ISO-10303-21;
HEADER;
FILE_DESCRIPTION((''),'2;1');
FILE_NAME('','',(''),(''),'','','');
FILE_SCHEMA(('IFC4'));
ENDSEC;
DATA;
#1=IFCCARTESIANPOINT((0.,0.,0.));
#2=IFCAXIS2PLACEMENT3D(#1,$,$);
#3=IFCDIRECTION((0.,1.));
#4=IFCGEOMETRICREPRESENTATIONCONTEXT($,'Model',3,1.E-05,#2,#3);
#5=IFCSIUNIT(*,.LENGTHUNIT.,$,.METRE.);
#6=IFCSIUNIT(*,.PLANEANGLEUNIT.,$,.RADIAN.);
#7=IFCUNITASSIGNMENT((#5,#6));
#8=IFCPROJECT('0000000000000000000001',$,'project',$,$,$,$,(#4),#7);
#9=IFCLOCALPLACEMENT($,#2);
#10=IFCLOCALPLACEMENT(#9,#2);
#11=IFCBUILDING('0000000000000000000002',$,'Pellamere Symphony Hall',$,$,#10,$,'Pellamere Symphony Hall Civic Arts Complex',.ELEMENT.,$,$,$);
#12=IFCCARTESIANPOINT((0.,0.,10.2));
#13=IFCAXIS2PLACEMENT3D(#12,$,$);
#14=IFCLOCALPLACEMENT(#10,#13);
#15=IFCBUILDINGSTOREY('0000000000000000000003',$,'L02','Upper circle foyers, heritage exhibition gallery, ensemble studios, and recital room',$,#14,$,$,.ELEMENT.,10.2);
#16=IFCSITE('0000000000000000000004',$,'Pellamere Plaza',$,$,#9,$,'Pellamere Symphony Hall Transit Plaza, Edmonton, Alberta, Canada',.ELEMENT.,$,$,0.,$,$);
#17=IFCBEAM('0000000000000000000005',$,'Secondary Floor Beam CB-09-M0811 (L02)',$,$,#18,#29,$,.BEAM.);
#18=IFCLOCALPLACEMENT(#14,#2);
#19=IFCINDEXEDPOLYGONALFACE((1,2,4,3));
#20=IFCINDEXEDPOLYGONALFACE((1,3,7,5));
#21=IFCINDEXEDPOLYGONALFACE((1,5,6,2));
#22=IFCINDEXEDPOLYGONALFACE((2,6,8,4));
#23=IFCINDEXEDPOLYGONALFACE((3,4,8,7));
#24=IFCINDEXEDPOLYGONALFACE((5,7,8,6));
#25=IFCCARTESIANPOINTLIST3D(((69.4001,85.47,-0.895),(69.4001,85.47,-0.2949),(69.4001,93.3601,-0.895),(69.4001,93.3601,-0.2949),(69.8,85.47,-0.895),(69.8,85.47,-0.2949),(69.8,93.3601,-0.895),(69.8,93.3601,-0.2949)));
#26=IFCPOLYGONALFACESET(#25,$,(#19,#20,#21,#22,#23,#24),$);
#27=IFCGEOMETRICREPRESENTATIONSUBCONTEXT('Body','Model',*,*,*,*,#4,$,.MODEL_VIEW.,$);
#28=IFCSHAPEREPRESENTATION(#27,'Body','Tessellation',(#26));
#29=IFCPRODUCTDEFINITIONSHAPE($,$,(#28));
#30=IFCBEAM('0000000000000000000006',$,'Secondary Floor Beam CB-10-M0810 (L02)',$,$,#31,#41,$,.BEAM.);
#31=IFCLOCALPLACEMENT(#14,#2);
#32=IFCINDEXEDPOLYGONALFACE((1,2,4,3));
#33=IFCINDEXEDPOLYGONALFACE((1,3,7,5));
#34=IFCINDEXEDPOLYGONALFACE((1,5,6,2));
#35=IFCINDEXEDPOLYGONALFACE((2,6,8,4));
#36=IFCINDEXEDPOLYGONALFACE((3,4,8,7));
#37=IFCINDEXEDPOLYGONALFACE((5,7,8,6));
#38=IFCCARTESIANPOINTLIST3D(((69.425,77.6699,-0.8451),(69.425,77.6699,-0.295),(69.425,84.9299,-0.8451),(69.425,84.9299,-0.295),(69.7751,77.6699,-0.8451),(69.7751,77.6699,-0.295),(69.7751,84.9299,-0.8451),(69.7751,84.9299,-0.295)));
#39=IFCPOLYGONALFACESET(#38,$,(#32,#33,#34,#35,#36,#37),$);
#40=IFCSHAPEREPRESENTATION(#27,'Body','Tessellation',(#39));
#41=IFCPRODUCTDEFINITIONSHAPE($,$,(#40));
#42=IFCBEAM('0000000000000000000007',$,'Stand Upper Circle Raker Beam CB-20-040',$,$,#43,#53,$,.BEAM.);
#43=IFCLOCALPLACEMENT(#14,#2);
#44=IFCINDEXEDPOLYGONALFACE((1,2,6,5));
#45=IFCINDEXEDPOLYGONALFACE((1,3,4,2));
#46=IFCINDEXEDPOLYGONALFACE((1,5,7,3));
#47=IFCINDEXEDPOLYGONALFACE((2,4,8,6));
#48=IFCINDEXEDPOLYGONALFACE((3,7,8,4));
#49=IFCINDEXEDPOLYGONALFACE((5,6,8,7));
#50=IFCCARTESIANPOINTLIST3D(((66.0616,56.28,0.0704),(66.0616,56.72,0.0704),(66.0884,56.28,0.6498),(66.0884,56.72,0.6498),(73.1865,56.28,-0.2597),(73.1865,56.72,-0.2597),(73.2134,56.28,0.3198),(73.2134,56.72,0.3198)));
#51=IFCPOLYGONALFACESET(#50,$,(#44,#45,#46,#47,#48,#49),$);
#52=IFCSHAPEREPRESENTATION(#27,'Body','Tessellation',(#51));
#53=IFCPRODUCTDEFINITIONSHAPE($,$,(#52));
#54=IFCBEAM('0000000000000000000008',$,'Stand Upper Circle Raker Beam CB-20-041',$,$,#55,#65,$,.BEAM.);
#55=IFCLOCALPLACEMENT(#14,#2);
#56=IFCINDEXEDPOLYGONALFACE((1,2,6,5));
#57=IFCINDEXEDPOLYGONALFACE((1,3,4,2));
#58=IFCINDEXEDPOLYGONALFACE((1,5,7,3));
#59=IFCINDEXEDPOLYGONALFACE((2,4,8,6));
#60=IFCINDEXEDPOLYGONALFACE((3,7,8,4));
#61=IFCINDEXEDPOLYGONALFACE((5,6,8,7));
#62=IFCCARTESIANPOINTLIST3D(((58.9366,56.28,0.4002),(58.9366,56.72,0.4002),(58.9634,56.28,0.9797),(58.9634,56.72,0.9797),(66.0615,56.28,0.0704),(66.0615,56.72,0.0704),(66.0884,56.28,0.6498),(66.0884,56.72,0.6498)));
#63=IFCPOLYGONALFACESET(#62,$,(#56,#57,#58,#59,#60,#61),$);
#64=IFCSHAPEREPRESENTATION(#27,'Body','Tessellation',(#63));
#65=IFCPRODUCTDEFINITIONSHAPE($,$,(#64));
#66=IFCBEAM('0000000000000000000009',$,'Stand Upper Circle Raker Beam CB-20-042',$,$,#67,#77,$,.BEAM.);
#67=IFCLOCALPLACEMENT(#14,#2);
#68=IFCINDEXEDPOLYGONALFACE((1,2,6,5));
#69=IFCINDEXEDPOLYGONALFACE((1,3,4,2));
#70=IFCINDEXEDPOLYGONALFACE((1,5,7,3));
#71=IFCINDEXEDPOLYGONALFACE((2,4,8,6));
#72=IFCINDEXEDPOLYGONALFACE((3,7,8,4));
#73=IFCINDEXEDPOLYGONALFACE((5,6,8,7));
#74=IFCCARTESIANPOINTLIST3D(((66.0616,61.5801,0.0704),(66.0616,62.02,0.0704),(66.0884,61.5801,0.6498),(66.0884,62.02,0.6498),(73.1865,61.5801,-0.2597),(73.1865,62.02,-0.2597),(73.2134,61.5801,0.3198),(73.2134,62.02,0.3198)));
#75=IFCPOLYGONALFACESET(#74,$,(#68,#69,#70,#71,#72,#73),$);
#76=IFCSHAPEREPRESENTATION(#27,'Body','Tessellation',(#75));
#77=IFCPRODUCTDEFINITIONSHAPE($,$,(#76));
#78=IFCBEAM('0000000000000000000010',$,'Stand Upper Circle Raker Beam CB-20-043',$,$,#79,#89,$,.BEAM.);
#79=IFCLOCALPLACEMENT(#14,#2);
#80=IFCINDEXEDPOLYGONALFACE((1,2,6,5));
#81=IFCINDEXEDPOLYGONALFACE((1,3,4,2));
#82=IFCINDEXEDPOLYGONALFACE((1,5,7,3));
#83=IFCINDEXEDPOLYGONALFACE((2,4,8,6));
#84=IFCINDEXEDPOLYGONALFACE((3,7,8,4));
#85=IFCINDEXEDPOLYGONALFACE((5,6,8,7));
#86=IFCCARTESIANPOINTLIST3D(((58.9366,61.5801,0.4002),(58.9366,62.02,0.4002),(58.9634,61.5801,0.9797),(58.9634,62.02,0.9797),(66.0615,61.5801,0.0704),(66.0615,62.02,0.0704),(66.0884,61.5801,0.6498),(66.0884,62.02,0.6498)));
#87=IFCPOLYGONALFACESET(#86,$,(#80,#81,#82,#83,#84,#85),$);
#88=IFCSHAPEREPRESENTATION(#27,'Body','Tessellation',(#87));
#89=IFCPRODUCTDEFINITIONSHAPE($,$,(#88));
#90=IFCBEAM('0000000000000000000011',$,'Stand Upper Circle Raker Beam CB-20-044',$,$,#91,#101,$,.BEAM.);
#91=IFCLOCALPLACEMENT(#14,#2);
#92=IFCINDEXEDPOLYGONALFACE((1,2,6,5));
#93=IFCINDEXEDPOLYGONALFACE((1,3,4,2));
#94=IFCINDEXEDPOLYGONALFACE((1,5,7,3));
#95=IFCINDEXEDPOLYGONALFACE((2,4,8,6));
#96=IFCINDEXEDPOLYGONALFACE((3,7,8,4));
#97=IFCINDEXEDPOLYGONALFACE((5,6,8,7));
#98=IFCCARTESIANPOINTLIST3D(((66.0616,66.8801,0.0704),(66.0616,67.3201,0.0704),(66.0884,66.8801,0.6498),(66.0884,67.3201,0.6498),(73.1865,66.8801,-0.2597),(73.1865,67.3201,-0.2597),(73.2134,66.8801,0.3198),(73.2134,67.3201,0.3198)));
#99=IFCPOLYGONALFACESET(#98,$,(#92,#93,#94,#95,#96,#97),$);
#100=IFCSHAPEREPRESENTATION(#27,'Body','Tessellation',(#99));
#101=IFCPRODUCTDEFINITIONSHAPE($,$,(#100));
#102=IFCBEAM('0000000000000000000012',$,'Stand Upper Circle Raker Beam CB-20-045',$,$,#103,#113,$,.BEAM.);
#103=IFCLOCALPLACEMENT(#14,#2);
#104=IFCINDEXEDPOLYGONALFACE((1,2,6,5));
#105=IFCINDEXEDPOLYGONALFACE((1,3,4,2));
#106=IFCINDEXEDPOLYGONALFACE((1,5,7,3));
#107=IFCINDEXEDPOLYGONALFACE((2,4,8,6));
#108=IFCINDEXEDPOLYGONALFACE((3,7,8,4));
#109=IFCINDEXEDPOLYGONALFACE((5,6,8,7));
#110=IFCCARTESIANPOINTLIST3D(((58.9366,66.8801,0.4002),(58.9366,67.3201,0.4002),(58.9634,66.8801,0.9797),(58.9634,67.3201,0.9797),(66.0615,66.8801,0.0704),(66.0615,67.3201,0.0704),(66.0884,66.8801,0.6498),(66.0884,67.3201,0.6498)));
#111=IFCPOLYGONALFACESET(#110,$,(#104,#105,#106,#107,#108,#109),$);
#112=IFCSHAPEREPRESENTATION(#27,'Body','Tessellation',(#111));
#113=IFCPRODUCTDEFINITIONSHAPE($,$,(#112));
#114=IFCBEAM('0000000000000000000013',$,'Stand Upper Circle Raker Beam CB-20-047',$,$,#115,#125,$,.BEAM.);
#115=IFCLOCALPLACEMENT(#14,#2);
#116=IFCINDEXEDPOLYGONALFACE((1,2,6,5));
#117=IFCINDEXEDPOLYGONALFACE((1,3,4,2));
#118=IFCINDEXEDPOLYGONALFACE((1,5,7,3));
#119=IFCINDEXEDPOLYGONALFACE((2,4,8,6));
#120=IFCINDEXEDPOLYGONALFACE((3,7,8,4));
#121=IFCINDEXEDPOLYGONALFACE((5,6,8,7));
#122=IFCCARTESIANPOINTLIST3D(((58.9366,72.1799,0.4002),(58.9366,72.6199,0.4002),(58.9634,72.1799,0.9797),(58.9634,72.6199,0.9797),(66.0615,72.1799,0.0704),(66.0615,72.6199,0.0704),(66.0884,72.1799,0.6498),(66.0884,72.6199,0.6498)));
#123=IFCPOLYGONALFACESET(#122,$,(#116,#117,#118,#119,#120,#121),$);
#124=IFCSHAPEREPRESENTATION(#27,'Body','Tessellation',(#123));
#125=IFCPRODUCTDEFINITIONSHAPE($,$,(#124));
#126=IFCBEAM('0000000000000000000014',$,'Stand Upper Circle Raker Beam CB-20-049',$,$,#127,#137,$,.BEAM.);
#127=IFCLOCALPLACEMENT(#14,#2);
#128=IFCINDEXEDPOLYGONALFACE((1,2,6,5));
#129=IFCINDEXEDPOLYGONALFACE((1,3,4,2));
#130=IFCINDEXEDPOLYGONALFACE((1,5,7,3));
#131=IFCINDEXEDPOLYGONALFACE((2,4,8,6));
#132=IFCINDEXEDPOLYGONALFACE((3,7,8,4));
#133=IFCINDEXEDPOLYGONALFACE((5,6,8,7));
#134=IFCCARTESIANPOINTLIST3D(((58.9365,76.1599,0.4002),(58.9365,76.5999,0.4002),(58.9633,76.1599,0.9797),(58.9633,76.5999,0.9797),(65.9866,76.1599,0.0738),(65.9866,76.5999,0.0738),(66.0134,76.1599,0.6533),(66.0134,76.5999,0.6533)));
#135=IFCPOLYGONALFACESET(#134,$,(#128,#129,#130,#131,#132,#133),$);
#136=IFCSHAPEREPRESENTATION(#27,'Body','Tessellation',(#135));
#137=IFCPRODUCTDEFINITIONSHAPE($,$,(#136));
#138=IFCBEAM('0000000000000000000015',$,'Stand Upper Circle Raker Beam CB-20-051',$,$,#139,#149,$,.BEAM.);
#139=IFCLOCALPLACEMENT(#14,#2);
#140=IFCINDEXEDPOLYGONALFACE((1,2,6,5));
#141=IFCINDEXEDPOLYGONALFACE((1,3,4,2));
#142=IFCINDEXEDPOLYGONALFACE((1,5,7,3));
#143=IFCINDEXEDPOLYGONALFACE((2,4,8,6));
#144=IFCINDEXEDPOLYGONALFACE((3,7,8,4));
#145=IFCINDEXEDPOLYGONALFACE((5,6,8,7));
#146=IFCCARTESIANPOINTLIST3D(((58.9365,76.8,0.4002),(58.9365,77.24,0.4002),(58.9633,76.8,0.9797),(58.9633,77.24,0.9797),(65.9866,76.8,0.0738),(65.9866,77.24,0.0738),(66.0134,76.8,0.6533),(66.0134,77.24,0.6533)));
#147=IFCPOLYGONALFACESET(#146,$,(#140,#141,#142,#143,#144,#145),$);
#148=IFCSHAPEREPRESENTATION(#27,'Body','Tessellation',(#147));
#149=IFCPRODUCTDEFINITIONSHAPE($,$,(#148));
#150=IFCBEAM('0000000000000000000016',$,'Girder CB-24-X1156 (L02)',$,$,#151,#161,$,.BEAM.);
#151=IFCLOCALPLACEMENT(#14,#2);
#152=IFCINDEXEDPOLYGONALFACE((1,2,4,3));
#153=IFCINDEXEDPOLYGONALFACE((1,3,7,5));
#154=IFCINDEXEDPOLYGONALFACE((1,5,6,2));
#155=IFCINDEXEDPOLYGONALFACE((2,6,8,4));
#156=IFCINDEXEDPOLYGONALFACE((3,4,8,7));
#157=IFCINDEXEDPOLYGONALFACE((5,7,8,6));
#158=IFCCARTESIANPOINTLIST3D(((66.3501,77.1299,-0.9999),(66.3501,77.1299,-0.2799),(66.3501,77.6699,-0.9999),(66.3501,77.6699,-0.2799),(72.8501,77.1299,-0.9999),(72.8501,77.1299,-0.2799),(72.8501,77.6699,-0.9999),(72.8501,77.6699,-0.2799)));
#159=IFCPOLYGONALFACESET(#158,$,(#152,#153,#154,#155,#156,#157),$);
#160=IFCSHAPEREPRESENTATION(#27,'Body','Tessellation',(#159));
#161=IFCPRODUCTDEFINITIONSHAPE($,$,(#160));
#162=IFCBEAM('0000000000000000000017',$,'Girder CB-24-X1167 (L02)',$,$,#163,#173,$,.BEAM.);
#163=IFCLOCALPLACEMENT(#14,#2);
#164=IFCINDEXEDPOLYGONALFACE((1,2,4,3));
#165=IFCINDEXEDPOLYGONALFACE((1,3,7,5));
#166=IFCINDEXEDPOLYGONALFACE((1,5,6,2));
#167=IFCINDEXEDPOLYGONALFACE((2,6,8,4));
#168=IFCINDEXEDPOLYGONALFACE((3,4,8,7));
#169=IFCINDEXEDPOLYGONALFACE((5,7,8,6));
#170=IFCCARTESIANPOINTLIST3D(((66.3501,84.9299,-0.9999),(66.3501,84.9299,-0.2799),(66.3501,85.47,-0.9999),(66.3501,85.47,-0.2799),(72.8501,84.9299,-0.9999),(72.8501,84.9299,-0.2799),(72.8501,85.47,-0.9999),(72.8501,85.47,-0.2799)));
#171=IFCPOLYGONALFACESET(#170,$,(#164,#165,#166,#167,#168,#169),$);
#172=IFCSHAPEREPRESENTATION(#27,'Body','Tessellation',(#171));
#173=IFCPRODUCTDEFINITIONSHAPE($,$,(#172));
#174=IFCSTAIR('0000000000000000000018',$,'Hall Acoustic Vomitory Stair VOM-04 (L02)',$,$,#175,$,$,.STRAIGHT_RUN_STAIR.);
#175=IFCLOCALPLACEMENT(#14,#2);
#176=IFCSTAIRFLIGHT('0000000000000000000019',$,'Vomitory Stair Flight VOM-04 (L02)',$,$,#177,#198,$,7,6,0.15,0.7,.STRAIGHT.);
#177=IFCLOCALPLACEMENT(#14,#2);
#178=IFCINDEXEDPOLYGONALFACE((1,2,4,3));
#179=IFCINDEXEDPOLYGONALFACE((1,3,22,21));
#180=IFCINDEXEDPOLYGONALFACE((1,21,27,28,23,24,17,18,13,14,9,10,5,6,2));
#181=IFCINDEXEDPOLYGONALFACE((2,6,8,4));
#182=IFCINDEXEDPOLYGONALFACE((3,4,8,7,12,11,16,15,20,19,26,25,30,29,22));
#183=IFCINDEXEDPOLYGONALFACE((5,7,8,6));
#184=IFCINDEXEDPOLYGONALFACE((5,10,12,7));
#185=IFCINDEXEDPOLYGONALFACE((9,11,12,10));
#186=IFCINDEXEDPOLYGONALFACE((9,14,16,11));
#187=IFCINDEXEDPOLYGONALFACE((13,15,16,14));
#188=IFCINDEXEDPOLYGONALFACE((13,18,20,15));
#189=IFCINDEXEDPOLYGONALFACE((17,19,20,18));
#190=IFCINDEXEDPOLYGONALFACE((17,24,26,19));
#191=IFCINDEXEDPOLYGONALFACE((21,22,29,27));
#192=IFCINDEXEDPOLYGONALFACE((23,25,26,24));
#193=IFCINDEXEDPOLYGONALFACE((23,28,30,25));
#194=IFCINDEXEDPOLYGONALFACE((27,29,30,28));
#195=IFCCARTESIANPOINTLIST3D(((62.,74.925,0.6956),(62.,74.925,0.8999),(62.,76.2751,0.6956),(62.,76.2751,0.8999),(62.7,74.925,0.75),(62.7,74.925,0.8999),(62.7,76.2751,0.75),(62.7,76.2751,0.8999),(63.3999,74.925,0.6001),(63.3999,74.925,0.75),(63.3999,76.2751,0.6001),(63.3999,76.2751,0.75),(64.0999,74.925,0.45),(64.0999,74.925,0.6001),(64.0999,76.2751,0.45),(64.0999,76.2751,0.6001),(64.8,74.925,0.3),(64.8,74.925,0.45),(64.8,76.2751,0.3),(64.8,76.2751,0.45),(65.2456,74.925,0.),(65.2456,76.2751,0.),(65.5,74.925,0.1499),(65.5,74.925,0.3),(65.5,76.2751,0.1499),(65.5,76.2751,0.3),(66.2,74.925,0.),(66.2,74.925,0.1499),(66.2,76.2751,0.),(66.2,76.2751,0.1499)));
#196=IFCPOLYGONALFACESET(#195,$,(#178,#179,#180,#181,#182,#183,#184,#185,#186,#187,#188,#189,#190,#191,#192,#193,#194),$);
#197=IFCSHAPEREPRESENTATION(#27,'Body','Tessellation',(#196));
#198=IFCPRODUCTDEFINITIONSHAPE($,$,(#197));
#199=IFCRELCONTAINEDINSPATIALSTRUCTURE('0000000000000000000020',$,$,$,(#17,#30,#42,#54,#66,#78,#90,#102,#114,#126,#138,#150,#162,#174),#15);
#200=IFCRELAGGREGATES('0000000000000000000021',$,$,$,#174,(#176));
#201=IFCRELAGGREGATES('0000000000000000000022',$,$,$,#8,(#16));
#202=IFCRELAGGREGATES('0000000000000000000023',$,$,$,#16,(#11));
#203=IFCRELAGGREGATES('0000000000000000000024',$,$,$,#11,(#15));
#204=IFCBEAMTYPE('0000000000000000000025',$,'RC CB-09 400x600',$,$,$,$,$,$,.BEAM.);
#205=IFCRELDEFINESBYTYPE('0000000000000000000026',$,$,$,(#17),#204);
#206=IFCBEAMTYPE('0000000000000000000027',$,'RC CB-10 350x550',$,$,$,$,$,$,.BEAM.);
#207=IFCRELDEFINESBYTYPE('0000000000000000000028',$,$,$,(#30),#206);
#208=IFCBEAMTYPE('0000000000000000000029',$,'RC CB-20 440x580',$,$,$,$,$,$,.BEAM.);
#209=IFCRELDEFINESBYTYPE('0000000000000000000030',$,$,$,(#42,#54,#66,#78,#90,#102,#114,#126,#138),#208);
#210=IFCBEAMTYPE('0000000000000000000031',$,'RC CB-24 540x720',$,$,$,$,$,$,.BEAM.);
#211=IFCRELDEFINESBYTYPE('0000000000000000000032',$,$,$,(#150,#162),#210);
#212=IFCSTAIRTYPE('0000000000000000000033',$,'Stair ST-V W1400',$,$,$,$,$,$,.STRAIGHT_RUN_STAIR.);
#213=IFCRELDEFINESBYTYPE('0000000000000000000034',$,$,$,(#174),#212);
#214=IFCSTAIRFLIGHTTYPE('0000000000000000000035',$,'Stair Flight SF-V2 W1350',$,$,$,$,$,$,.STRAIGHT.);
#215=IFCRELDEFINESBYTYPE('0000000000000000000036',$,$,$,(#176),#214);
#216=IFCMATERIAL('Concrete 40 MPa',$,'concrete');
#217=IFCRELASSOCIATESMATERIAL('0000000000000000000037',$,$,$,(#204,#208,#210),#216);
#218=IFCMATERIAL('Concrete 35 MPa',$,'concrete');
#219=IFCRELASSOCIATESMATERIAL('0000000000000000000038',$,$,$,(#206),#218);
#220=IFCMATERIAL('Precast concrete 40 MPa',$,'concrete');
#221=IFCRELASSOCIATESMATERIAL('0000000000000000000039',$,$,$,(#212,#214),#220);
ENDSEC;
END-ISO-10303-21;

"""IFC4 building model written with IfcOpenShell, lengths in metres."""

from ifc_helpers import new_model, si_unit, direction, frame, origin, origin_2d, place, context, subcontext, project, spatial, polyline, rectangle, outline, extrude, material, material_profile, profile_set, type_object, element, aggregate, save


model = new_model("IFC4")

# Units and contexts
model_context = context("Model", 3, precision=1e-05, world=origin(), true_north=direction((0.0, 1.0)))
body_context = subcontext(model_context, "Body", "Model", "MODEL_VIEW")
ifc_project = project(units=[si_unit("LENGTHUNIT", "METRE"), si_unit("PLANEANGLEUNIT", "RADIAN")], contexts=[model_context])

# Site, building, storey
site_placement = place(None, origin())
site = spatial("IfcSite", under=ifc_project, at=site_placement, Name="Pellamere Plaza", LongName="Pellamere Symphony Hall Transit Plaza, Edmonton, Alberta, Canada", CompositionType="ELEMENT", RefElevation=0.0)
building_placement = place(site_placement, origin())
building = spatial("IfcBuilding", under=site, at=building_placement, Name="Pellamere Symphony Hall", LongName="Pellamere Symphony Hall Civic Arts Complex", CompositionType="ELEMENT")
storey_placement = place(building_placement, frame((0.0, 0.0, 10.2)))
storey = spatial("IfcBuildingStorey", under=building, at=storey_placement, Name="L02", Description="Upper circle foyers, heritage exhibition gallery, ensemble studios, and recital room", CompositionType="ELEMENT", Elevation=10.2)

# Shared definitions
ifc_material_1 = material(Name="Concrete 40 MPa", Category="concrete")

# Beams
ifc_material_profile_1 = material_profile(ifc_material_1, rectangle(XDim=0.3999, YDim=0.6001, at=origin_2d()), Name="RC 400x600")
ifc_profile_set_1 = profile_set([ifc_material_profile_1], Name="Concrete 40 MPa")
beam_type_1 = type_object("IfcBeamType", Name="RC CB-09 400x600", PredefinedType="BEAM", material=ifc_profile_set_1)
beam_1_placement = place(storey_placement, frame((69.6001, 85.47, -0.595), z_axis=(0.0, 1.0, 0.0), x_axis=(-1.0, 0.0, 0.0)))
element("IfcBeam", 1, at=beam_1_placement, inside=storey, type_object=beam_type_1, Name="Secondary Floor Beam CB-09-M0811 (L02)", PredefinedType="BEAM", context=body_context, shape_type="SweptSolid", body=[
    extrude(rectangle(XDim=0.3999, YDim=0.6001, at=origin_2d()), origin(), (0.0, 0.0, 1.0), 7.8901),
])
ifc_material_2 = material(Name="Concrete 35 MPa", Category="concrete")
ifc_material_profile_2 = material_profile(ifc_material_2, rectangle(XDim=0.3501, YDim=0.55, at=origin_2d()), Name="RC 350x550")
ifc_profile_set_2 = profile_set([ifc_material_profile_2], Name="Concrete 35 MPa")
beam_type_2 = type_object("IfcBeamType", Name="RC CB-10 350x550", PredefinedType="BEAM", material=ifc_profile_set_2)
beam_2_placement = place(storey_placement, frame((69.6001, 77.6699, -0.5701), z_axis=(0.0, 1.0, 0.0), x_axis=(-1.0, 0.0, 0.0)))
element("IfcBeam", 2, at=beam_2_placement, inside=storey, type_object=beam_type_2, Name="Secondary Floor Beam CB-10-M0810 (L02)", PredefinedType="BEAM", context=body_context, shape_type="SweptSolid", body=[
    extrude(rectangle(XDim=0.3501, YDim=0.55, at=origin_2d()), origin(), (0.0, 0.0, 1.0), 7.26),
])
ifc_material_profile_3 = material_profile(ifc_material_1, rectangle(XDim=0.4399, YDim=0.5801, at=origin_2d()), Name="RC 440x580")
ifc_profile_set_3 = profile_set([ifc_material_profile_3], Name="Concrete 40 MPa")
beam_type_3 = type_object("IfcBeamType", Name="RC CB-20 440x580", PredefinedType="BEAM", material=ifc_profile_set_3)
for number, where, z_axis, x_axis, name in (
    (3, (73.2, 56.5, 0.03), (-0.998929, 0.0, 0.046277), (0.0, -1.0, 0.0), "Stand Upper Circle Raker Beam CB-20-040"),
    (4, (66.075, 56.5, 0.3601), (-0.99893, 0.0, 0.046243), (0.0, -1.0, 0.0), "Stand Upper Circle Raker Beam CB-20-041"),
    (5, (73.2, 61.8, 0.03), (-0.998929, 0.0, 0.046277), (0.0, -1.0, 0.0), "Stand Upper Circle Raker Beam CB-20-042"),
    (6, (66.075, 61.8, 0.3601), (-0.99893, 0.0, 0.046243), (0.0, -1.0, 0.0), "Stand Upper Circle Raker Beam CB-20-043"),
    (7, (73.2, 67.1001, 0.03), (-0.998929, 0.0, 0.046277), (0.0, -1.0, 0.0), "Stand Upper Circle Raker Beam CB-20-044"),
    (8, (66.075, 67.1001, 0.3601), (-0.99893, 0.0, 0.046243), (0.0, -1.0, 0.0), "Stand Upper Circle Raker Beam CB-20-045"),
    (9, (66.075, 72.3999, 0.3601), (-0.99893, 0.0, 0.046243), (0.0, -1.0, 0.0), "Stand Upper Circle Raker Beam CB-20-047"),
):
    element("IfcBeam", number, at=place(storey_placement, frame(where, z_axis=z_axis, x_axis=x_axis)), inside=storey, type_object=beam_type_3, Name=name, PredefinedType="BEAM", context=body_context, shape_type="SweptSolid", body=[
        extrude(rectangle(XDim=0.4399, YDim=0.5801, at=origin_2d()), origin(), (0.0, 0.0, 1.0), 7.1326),
    ])
for number, where, z_axis, x_axis, name in (
    (10, (66.0, 76.3799, 0.3635), (-0.99893, 0.0, 0.04625), (0.0, -1.0, 0.0), "Stand Upper Circle Raker Beam CB-20-049"),
    (11, (66.0, 77.02, 0.3635), (-0.99893, 0.0, 0.04625), (0.0, -1.0, 0.0), "Stand Upper Circle Raker Beam CB-20-051"),
):
    element("IfcBeam", number, at=place(storey_placement, frame(where, z_axis=z_axis, x_axis=x_axis)), inside=storey, type_object=beam_type_3, Name=name, PredefinedType="BEAM", context=body_context, shape_type="SweptSolid", body=[
        extrude(rectangle(XDim=0.4399, YDim=0.5801, at=origin_2d()), origin(), (0.0, 0.0, 1.0), 7.0576),
    ])
ifc_material_profile_4 = material_profile(ifc_material_1, rectangle(XDim=0.54, YDim=0.72, at=origin_2d()), Name="RC 540x720")
ifc_profile_set_4 = profile_set([ifc_material_profile_4], Name="Concrete 40 MPa")
beam_type_4 = type_object("IfcBeamType", Name="RC CB-24 540x720", PredefinedType="BEAM", material=ifc_profile_set_4)
for number, where, z_axis, x_axis, name in (
    (12, (66.3501, 77.3999, -0.6399), (1.0, 0.0, 0.0), (0.0, 1.0, 0.0), "Girder CB-24-X1156 (L02)"),
    (13, (66.3501, 85.2, -0.6399), (1.0, 0.0, 0.0), (0.0, 1.0, 0.0), "Girder CB-24-X1167 (L02)"),
):
    element("IfcBeam", number, at=place(storey_placement, frame(where, z_axis=z_axis, x_axis=x_axis)), inside=storey, type_object=beam_type_4, Name=name, PredefinedType="BEAM", context=body_context, shape_type="SweptSolid", body=[
        extrude(rectangle(XDim=0.54, YDim=0.72, at=origin_2d()), origin(), (0.0, 0.0, 1.0), 6.5),
    ])

# Stair, stair flight
ifc_material_3 = material(Name="Precast concrete 40 MPa", Category="concrete")
stair_type = type_object("IfcStairType", Name="Stair ST-V W1400", PredefinedType="STRAIGHT_RUN_STAIR", material=ifc_material_3)
stair_placement = place(storey_placement, origin())
stair = element("IfcStair", 14, at=stair_placement, inside=storey, type_object=stair_type, Name="Hall Acoustic Vomitory Stair VOM-04 (L02)", PredefinedType="STRAIGHT_RUN_STAIR")
stair_flight_type = type_object("IfcStairFlightType", Name="Stair Flight SF-V2 W1350", PredefinedType="STRAIGHT", material=ifc_material_3)
stair_flight_placement = place(storey_placement, frame((66.2, 75.6001, 0.0), z_axis=(0.0, 0.0, 1.0), x_axis=(-1.0, 0.0, 0.0)))
stair_flight = element("IfcStairFlight", 15, at=stair_flight_placement, type_object=stair_flight_type, Name="Vomitory Stair Flight VOM-04 (L02)", NumberOfRisers=7, NumberOfTreads=6, PredefinedType="STRAIGHT", RiserHeight=0.15, TreadLength=0.7, context=body_context, shape_type="SweptSolid", body=[
    extrude(outline(polyline([(0.0, 0.0), (0.0, 0.1499), (0.7, 0.1499), (0.7, 0.3), (1.3999, 0.3), (1.3999, 0.45), (2.1001, 0.45), (2.1001, 0.6001), (2.8, 0.6001), (2.8, 0.75), (3.5, 0.75), (3.5, 0.8999), (4.2, 0.8999), (4.2, 1.05), (4.2, 0.6956), (0.9543, 0.0), (0.0, 0.0)])), frame((0.0, 0.675, 0.0), z_axis=(0.0, -1.0, 0.0), x_axis=(1.0, 0.0, 0.0)), (0.0, 0.0, 1.0), 1.3501),
])
aggregate(stair, [stair_flight])

save(model, "model.ifc")
